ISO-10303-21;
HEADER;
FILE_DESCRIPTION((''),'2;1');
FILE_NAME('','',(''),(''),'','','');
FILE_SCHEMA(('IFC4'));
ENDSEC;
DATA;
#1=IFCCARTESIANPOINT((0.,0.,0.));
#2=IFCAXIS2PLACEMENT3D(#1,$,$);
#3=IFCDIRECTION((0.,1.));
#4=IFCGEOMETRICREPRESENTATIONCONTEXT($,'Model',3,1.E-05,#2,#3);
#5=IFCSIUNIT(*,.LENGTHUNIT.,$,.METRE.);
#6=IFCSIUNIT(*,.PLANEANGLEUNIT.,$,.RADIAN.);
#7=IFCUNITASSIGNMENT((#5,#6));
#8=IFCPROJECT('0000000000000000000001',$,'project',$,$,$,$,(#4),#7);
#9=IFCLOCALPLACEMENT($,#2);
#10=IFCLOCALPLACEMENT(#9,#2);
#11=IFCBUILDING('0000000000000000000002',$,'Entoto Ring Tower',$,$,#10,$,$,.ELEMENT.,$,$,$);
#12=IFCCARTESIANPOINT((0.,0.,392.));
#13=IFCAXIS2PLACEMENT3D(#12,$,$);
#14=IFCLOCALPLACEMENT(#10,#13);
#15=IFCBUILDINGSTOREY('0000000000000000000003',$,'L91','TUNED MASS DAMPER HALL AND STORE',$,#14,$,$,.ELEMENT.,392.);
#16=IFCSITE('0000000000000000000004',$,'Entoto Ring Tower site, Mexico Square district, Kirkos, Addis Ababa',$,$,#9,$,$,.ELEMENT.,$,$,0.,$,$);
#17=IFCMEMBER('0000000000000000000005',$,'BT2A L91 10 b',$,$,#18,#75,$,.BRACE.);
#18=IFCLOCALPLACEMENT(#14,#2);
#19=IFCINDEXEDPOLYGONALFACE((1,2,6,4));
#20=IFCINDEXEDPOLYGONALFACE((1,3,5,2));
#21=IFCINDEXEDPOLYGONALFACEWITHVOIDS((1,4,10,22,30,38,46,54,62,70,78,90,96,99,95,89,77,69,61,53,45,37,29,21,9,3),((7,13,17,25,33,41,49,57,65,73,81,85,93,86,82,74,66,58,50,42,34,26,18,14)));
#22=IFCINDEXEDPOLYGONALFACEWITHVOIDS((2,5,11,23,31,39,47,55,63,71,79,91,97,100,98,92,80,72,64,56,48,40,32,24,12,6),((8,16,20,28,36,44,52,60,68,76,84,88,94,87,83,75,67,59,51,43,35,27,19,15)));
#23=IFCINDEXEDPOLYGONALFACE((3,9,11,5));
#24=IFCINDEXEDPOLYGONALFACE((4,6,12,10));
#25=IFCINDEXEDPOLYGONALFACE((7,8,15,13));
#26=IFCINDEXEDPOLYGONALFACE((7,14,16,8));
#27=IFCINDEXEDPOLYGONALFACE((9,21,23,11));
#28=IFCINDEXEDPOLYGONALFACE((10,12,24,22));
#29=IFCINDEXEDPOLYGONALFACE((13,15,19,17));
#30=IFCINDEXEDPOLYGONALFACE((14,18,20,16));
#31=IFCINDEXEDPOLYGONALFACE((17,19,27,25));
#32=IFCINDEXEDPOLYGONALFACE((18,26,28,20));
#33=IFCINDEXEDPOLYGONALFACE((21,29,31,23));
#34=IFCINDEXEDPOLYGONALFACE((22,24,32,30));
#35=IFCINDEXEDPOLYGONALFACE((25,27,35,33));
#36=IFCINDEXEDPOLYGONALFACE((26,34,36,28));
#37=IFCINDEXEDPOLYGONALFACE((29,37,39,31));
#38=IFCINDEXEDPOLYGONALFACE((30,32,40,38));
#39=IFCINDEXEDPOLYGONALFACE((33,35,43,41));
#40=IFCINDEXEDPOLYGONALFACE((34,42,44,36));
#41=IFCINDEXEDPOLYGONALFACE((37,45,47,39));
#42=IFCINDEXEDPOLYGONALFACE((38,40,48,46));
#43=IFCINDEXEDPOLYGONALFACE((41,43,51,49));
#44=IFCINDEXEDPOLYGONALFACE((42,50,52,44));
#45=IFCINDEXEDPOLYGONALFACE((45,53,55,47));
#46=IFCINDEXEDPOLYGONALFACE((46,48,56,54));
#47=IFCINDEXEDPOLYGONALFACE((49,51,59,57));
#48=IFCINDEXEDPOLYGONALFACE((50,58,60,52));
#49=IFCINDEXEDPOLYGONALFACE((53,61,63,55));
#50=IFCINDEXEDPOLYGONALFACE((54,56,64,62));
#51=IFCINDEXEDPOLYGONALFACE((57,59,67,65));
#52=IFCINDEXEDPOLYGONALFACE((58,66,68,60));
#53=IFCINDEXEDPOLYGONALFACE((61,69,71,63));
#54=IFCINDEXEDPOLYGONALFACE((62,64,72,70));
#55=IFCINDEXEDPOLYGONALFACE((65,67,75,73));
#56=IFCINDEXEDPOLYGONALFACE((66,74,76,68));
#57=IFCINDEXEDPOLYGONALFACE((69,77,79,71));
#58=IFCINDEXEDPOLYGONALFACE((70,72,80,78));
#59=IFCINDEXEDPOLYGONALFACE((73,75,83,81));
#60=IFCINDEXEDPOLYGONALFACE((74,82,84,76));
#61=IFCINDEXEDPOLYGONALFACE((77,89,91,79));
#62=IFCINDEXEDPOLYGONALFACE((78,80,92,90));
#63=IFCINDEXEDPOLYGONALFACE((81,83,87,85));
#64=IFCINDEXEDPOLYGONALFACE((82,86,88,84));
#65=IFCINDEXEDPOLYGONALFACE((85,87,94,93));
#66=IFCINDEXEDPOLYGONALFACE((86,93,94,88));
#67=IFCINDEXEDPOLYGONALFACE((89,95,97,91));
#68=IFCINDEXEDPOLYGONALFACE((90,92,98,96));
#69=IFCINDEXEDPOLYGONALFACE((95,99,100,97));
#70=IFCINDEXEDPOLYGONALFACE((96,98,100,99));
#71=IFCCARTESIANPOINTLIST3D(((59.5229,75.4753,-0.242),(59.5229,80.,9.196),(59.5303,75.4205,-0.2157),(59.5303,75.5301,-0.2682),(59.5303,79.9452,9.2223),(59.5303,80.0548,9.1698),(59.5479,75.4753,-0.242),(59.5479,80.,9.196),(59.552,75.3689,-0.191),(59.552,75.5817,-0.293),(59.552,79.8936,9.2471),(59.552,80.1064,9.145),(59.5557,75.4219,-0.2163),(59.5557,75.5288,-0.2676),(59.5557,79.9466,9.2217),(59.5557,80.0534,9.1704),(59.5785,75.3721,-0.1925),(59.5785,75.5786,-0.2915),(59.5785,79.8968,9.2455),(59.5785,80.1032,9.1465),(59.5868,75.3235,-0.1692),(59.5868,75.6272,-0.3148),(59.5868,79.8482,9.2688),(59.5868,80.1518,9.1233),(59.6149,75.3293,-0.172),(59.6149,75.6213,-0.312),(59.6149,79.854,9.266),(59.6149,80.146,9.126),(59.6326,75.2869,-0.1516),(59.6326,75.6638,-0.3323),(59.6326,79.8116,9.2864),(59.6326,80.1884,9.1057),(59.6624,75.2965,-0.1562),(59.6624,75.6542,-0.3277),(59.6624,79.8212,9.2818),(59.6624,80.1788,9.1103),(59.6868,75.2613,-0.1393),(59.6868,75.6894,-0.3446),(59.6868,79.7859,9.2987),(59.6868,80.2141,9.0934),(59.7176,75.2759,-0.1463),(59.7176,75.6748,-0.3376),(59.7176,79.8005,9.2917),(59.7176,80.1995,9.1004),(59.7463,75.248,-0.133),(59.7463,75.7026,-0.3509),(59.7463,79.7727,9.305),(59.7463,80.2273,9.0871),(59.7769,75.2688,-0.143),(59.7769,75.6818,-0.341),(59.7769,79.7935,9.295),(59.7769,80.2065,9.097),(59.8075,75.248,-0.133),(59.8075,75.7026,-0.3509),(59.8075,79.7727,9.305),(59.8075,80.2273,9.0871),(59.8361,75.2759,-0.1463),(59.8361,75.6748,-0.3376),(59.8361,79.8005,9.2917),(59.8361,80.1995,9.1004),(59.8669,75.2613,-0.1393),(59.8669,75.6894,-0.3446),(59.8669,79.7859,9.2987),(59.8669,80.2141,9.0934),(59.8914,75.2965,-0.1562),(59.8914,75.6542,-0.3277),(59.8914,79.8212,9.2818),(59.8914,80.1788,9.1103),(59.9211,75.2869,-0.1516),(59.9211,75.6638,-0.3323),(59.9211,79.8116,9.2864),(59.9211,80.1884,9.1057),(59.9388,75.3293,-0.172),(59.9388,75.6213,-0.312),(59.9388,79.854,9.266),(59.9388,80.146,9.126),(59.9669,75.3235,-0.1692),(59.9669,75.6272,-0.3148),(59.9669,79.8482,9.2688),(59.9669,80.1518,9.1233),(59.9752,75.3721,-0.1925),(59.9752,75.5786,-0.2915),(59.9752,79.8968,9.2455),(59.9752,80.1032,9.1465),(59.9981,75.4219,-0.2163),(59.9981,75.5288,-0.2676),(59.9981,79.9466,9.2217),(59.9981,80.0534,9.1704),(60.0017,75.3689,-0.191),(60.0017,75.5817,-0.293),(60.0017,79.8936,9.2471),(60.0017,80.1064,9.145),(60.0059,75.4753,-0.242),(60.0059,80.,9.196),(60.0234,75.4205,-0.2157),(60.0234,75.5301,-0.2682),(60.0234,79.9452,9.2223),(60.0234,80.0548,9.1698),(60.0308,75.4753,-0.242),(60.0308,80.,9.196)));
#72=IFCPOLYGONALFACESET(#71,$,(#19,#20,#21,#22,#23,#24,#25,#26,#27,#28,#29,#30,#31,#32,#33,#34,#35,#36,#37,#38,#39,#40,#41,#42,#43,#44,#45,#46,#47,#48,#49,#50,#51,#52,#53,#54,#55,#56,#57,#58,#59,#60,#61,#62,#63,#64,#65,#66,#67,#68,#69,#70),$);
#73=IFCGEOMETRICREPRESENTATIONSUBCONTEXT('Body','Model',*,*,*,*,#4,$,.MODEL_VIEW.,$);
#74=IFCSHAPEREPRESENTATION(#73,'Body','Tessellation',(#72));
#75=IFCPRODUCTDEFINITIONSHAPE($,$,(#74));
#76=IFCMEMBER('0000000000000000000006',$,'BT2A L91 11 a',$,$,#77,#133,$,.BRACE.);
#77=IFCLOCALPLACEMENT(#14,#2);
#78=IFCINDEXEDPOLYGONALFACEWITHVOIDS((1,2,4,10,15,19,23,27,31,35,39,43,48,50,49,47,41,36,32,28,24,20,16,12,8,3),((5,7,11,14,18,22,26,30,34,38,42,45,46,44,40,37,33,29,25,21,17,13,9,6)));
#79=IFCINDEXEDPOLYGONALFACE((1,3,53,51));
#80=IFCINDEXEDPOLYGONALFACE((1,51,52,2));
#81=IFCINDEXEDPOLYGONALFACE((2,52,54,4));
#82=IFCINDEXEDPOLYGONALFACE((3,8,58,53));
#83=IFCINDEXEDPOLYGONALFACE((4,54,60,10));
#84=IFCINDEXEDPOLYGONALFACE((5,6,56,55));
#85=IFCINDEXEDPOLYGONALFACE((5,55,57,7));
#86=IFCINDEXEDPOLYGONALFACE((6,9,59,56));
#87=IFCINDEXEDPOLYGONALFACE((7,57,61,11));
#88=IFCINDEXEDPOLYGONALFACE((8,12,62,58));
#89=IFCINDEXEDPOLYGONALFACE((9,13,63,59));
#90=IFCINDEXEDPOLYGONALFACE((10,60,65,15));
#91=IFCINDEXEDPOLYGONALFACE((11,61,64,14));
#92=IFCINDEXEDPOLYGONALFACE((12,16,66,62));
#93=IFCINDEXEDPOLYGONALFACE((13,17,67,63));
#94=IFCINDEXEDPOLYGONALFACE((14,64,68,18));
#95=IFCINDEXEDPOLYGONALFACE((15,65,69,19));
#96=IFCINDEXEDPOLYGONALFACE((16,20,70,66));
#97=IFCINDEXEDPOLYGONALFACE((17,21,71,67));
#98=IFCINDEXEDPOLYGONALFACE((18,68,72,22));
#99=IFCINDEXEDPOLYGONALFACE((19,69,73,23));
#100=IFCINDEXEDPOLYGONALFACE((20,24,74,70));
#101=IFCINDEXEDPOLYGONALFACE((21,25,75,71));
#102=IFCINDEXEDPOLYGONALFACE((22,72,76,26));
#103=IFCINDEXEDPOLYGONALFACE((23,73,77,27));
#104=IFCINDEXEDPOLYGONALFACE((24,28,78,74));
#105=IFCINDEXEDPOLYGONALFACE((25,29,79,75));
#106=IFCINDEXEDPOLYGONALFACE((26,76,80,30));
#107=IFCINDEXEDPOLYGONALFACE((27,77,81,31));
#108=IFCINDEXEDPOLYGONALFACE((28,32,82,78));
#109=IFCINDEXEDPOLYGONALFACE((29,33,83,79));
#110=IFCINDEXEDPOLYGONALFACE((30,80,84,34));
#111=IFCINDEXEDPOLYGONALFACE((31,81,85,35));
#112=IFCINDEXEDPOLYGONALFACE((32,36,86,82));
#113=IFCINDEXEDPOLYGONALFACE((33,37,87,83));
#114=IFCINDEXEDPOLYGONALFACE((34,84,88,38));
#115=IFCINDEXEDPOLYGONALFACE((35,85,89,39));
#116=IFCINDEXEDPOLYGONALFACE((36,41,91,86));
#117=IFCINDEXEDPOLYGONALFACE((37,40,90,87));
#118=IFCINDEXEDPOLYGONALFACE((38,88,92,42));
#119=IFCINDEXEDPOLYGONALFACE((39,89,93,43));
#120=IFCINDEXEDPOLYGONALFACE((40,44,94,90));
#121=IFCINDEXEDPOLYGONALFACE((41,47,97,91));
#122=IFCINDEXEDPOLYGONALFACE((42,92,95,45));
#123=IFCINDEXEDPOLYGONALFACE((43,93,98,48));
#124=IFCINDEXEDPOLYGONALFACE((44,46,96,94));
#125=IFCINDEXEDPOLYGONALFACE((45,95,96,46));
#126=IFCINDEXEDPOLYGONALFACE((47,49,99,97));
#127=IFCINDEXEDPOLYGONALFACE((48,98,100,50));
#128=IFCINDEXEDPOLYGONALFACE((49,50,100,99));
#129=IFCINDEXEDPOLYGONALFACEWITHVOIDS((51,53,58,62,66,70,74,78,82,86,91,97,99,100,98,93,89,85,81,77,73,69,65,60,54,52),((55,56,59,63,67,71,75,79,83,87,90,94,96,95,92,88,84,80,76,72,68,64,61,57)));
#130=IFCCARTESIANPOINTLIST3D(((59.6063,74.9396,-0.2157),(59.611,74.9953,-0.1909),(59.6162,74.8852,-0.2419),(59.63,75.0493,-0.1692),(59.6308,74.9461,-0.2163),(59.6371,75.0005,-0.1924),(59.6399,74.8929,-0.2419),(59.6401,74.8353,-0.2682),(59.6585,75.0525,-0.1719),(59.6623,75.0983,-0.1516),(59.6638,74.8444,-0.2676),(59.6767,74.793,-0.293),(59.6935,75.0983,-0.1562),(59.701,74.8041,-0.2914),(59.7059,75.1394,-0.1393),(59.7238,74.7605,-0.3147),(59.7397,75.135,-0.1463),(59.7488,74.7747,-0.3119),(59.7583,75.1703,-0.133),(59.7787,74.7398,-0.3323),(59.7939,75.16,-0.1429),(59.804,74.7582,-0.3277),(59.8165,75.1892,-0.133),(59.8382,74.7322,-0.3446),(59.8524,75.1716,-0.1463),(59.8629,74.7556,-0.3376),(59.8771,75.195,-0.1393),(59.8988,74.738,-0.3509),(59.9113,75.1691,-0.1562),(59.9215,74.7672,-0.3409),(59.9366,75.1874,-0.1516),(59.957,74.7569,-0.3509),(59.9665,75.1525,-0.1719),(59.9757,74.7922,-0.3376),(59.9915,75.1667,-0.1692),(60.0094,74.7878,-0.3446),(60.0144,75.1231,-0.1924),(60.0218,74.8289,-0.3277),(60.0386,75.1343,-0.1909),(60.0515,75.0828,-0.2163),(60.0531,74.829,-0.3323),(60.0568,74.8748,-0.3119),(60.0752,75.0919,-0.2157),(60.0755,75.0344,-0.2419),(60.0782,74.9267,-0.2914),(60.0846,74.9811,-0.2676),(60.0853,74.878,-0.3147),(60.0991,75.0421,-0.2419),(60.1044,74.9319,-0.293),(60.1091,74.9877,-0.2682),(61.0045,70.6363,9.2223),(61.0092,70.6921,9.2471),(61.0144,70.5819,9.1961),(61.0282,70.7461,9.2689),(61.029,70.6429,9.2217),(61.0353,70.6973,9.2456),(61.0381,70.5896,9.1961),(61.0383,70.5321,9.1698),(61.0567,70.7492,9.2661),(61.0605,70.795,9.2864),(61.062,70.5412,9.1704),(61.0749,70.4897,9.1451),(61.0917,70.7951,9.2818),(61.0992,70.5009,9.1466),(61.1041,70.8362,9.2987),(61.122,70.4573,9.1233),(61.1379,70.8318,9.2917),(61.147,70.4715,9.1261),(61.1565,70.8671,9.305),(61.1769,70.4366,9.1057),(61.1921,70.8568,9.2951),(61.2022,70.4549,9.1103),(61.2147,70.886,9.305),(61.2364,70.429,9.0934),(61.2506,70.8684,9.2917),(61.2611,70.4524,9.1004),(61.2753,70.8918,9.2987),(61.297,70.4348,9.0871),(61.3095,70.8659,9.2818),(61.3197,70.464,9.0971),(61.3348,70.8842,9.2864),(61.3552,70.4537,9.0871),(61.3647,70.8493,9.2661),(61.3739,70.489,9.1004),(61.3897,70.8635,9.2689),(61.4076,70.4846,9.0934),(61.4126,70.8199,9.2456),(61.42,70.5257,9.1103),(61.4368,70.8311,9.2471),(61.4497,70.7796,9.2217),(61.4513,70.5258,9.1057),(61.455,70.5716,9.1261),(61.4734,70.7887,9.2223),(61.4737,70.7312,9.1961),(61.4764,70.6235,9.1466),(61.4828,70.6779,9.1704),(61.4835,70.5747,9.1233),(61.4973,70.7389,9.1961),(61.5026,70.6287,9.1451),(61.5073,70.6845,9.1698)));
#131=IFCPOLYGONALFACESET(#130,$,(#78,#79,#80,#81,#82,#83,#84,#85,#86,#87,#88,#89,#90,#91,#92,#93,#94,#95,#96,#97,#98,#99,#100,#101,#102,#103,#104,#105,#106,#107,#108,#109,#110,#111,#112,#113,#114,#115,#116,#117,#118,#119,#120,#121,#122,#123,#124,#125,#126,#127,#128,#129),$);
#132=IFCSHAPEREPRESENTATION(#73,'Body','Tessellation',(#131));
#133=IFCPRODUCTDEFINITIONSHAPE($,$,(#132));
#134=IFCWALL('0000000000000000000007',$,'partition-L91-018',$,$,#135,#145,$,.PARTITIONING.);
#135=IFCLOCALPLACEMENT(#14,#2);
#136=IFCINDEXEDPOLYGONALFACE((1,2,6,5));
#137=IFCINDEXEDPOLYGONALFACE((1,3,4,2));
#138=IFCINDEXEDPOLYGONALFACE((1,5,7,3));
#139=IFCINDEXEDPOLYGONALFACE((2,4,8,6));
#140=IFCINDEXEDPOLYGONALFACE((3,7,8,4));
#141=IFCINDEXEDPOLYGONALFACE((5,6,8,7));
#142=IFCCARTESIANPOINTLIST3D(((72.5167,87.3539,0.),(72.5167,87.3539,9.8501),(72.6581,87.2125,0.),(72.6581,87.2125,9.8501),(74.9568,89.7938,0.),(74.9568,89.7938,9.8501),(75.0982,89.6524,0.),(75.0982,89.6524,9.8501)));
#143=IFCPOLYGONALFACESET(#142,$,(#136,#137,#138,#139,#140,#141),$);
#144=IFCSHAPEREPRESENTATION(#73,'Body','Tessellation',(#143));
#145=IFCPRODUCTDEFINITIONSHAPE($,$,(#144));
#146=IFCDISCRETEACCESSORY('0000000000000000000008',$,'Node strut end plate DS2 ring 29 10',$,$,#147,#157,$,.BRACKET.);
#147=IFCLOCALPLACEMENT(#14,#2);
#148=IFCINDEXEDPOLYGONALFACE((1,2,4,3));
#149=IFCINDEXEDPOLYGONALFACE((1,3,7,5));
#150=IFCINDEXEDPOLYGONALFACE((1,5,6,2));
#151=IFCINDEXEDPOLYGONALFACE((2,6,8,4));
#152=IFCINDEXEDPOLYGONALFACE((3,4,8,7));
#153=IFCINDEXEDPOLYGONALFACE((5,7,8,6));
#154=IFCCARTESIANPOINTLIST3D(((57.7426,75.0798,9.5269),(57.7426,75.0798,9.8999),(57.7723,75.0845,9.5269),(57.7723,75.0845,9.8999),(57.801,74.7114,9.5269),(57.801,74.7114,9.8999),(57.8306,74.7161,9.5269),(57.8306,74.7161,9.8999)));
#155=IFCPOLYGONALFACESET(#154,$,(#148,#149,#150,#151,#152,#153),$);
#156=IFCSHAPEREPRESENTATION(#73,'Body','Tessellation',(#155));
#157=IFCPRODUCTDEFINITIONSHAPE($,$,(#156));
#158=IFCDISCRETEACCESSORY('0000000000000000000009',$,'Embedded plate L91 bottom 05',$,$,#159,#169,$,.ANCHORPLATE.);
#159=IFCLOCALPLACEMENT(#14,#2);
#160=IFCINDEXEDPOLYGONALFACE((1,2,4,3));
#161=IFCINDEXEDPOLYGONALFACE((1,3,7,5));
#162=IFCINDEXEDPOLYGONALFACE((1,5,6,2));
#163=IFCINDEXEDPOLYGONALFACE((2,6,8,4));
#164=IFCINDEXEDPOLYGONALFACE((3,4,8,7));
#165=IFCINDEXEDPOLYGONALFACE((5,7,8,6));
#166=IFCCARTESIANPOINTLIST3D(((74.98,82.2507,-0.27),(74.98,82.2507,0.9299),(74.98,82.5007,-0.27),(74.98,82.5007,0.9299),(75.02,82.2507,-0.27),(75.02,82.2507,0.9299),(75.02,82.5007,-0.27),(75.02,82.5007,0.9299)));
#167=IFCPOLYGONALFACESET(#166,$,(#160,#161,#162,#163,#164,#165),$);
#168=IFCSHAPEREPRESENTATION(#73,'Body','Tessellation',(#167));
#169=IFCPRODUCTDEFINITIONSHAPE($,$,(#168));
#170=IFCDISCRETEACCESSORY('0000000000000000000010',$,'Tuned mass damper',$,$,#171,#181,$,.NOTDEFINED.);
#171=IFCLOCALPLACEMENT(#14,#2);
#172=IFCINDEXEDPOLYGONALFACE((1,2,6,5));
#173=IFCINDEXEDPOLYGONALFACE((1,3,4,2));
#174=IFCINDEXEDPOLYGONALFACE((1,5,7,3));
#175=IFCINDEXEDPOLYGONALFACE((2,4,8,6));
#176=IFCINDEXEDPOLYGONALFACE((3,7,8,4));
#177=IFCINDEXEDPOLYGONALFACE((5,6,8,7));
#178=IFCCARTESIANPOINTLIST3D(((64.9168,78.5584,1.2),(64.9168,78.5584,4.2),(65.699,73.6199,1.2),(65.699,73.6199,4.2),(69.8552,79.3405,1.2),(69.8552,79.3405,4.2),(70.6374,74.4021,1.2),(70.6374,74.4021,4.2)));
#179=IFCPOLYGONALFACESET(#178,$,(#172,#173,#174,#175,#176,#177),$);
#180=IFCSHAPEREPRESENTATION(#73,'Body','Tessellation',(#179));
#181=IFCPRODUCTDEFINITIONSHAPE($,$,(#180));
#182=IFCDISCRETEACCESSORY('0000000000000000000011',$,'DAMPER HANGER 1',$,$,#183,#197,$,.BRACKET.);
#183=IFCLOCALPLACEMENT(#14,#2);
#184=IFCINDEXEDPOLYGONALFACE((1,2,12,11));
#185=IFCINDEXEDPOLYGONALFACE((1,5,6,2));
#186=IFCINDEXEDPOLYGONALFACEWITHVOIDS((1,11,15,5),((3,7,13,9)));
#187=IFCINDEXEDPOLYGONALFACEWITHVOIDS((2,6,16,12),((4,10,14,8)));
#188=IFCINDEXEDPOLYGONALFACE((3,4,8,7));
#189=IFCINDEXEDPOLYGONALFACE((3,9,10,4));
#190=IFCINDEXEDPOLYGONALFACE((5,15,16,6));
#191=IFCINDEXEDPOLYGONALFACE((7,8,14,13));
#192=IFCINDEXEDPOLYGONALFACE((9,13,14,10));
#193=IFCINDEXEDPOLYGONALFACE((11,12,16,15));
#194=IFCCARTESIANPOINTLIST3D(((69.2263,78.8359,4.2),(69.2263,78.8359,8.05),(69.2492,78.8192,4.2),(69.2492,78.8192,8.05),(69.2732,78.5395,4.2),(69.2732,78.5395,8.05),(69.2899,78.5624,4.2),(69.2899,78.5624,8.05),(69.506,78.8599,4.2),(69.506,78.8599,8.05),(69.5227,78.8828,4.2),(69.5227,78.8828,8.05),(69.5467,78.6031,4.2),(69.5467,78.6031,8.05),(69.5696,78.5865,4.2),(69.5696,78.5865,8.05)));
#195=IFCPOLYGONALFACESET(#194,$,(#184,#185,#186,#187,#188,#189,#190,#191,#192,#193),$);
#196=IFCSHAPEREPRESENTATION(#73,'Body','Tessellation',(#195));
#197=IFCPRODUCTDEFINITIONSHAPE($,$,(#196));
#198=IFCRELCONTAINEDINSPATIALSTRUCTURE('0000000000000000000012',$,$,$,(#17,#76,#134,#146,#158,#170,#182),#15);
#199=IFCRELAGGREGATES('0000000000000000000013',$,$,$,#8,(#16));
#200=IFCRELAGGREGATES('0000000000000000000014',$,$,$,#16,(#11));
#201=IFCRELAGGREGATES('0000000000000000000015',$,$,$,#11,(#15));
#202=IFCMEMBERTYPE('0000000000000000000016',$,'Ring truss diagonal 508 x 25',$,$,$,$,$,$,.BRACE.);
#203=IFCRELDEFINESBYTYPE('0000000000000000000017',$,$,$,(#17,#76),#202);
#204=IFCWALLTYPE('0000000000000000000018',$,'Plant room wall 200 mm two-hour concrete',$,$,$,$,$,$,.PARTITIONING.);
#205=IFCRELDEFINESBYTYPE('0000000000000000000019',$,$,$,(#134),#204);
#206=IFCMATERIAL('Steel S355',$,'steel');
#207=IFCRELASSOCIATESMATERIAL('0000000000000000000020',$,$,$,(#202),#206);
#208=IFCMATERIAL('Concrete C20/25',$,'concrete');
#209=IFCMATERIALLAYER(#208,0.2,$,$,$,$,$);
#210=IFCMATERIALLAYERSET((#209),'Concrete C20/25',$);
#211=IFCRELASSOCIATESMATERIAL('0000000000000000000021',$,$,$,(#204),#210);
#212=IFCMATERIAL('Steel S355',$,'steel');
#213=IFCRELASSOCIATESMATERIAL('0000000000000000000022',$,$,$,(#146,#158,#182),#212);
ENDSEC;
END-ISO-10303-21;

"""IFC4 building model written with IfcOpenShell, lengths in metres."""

from ifc_helpers import new_model, si_unit, direction, frame, frame_2d, origin, origin_2d, place, context, subcontext, project, spatial, rectangle, hollow_rectangle, circle, hollow_circle, extrude, material, layer, layer_set, material_profile, profile_set, type_object, element, save


model = new_model("IFC4")

# Units and contexts
model_context = context("Model", 3, precision=1e-05, world=origin(), true_north=direction((0.0, 1.0)))
body_context = subcontext(model_context, "Body", "Model", "MODEL_VIEW")
ifc_project = project(units=[si_unit("LENGTHUNIT", "METRE"), si_unit("PLANEANGLEUNIT", "RADIAN")], contexts=[model_context])

# Site, building, storey
site_placement = place(None, origin())
site = spatial("IfcSite", under=ifc_project, at=site_placement, Name="Entoto Ring Tower site, Mexico Square district, Kirkos, Addis Ababa", CompositionType="ELEMENT", RefElevation=0.0)
building_placement = place(site_placement, origin())
building = spatial("IfcBuilding", under=site, at=building_placement, Name="Entoto Ring Tower", CompositionType="ELEMENT")
storey_placement = place(building_placement, frame((0.0, 0.0, 392.0)))
storey = spatial("IfcBuildingStorey", under=building, at=storey_placement, Name="L91", Description="TUNED MASS DAMPER HALL AND STORE", CompositionType="ELEMENT", Elevation=392.0)

# Members
ifc_material_1 = material(Name="Steel S355", Category="steel")
ifc_material_profile_1 = material_profile(ifc_material_1, hollow_circle(Radius=0.2539, WallThickness=0.0249, at=origin_2d()), Name="CHS 508 x 25")
ifc_material_2 = material(Name="Concrete C60/75", Category="concrete")
ifc_material_profile_2 = material_profile(ifc_material_2, circle(Radius=0.229, at=origin_2d()), Name="Concrete C60/75 infill")
ifc_profile_set_1 = profile_set([ifc_material_profile_1, ifc_material_profile_2], Name="Steel S355")
member_type_1 = type_object("IfcMemberType", Name="Ring truss diagonal 508 x 25", PredefinedType="BRACE", material=ifc_profile_set_1)
for number, where, z_axis, x_axis, name in (
    (1, (59.7769, 80.0, 9.196), (0.0, -0.432298, -0.901731), (1.0, 0.0, 0.0), "BT2A L91 10 b"),
    (2, (59.8577, 74.9636, -0.2419), (0.133587, -0.411141, 0.90173), (0.951057, 0.309015, 0.0), "BT2A L91 11 a"),
):
    element("IfcMember", number, at=place(storey_placement, frame(where, z_axis=z_axis, x_axis=x_axis)), inside=storey, type_object=member_type_1, Name=name, PredefinedType="BRACE", context=body_context, shape_type="SweptSolid", body=[
        extrude(hollow_circle(Radius=0.2539, WallThickness=0.0249, at=origin_2d()), origin(), (0.0, 0.0, 1.0), 10.4666),
    ])

# Wall
ifc_material_3 = material(Name="Concrete C20/25", Category="concrete")
ifc_layer = layer(ifc_material_3, 0.2)
ifc_layer_set = layer_set([ifc_layer], Name="Concrete C20/25")
wall_type = type_object("IfcWallType", Name="Plant room wall 200 mm two-hour concrete", PredefinedType="PARTITIONING", material=ifc_layer_set)
wall_placement = place(storey_placement, frame((72.5874, 87.2832, 0.0), z_axis=(0.0, 0.0, 1.0), x_axis=(0.707142, 0.707071, 0.0)))
element("IfcWall", 3, at=wall_placement, inside=storey, type_object=wall_type, Name="partition-L91-018", PredefinedType="PARTITIONING", context=body_context, shape_type="SweptSolid", body=[
    extrude(rectangle(XDim=3.4507, YDim=0.2, at=frame_2d((1.7253, 0.0))), origin(), (0.0, 0.0, 1.0), 9.8501),
])

# Discrete accessories
ifc_material_4 = material(Name="Steel S355", Category="steel")
discrete_accessory_1_placement = place(storey_placement, frame((57.7866, 74.8979, 9.5269), z_axis=(0.0, 0.0, 1.0), x_axis=(-0.987688, -0.156434, 0.0)))
element("IfcDiscreteAccessory", 4, at=discrete_accessory_1_placement, inside=storey, material=ifc_material_4, Name="Node strut end plate DS2 ring 29 10", PredefinedType="BRACKET", context=body_context, shape_type="SweptSolid", body=[
    extrude(rectangle(XDim=0.03, YDim=0.373, at=origin_2d()), origin(), (0.0, 0.0, 1.0), 0.373),
])
discrete_accessory_2_placement = place(storey_placement, frame((75.0, 82.3757, -0.27), z_axis=(0.0, 0.0, 1.0), x_axis=(-1.0, 0.0, 0.0)))
element("IfcDiscreteAccessory", 5, at=discrete_accessory_2_placement, inside=storey, material=ifc_material_4, Name="Embedded plate L91 bottom 05", PredefinedType="ANCHORPLATE", context=body_context, shape_type="SweptSolid", body=[
    extrude(rectangle(XDim=0.04, YDim=0.25, at=origin_2d()), origin(), (0.0, 0.0, 1.0), 1.2),
])
discrete_accessory_3_placement = place(storey_placement, frame((67.7771, 76.4802, 1.2), z_axis=(0.0, 0.0, 1.0), x_axis=(-0.987688, -0.156434, 0.0)))
element("IfcDiscreteAccessory", 6, at=discrete_accessory_3_placement, inside=storey, Name="Tuned mass damper", PredefinedType="NOTDEFINED", context=body_context, shape_type="SweptSolid", body=[
    extrude(rectangle(XDim=5.0, YDim=5.0, at=origin_2d()), origin(), (0.0, 0.0, 1.0), 3.0),
])
for number, where, z_axis, x_axis, name in (
    (7, (69.3979, 78.7112, 4.2), (0.0, 0.0, 1.0), (0.156434, -0.987688, 0.0), "DAMPER HANGER 1"),
):
    element("IfcDiscreteAccessory", number, at=place(storey_placement, frame(where, z_axis=z_axis, x_axis=x_axis)), inside=storey, material=ifc_material_4, Name=name, PredefinedType="BRACKET", context=body_context, shape_type="SweptSolid", body=[
        extrude(hollow_rectangle(XDim=0.3, YDim=0.3, WallThickness=0.02, at=origin_2d()), origin(), (0.0, 0.0, 1.0), 3.8501),
    ])

save(model, "model.ifc")
